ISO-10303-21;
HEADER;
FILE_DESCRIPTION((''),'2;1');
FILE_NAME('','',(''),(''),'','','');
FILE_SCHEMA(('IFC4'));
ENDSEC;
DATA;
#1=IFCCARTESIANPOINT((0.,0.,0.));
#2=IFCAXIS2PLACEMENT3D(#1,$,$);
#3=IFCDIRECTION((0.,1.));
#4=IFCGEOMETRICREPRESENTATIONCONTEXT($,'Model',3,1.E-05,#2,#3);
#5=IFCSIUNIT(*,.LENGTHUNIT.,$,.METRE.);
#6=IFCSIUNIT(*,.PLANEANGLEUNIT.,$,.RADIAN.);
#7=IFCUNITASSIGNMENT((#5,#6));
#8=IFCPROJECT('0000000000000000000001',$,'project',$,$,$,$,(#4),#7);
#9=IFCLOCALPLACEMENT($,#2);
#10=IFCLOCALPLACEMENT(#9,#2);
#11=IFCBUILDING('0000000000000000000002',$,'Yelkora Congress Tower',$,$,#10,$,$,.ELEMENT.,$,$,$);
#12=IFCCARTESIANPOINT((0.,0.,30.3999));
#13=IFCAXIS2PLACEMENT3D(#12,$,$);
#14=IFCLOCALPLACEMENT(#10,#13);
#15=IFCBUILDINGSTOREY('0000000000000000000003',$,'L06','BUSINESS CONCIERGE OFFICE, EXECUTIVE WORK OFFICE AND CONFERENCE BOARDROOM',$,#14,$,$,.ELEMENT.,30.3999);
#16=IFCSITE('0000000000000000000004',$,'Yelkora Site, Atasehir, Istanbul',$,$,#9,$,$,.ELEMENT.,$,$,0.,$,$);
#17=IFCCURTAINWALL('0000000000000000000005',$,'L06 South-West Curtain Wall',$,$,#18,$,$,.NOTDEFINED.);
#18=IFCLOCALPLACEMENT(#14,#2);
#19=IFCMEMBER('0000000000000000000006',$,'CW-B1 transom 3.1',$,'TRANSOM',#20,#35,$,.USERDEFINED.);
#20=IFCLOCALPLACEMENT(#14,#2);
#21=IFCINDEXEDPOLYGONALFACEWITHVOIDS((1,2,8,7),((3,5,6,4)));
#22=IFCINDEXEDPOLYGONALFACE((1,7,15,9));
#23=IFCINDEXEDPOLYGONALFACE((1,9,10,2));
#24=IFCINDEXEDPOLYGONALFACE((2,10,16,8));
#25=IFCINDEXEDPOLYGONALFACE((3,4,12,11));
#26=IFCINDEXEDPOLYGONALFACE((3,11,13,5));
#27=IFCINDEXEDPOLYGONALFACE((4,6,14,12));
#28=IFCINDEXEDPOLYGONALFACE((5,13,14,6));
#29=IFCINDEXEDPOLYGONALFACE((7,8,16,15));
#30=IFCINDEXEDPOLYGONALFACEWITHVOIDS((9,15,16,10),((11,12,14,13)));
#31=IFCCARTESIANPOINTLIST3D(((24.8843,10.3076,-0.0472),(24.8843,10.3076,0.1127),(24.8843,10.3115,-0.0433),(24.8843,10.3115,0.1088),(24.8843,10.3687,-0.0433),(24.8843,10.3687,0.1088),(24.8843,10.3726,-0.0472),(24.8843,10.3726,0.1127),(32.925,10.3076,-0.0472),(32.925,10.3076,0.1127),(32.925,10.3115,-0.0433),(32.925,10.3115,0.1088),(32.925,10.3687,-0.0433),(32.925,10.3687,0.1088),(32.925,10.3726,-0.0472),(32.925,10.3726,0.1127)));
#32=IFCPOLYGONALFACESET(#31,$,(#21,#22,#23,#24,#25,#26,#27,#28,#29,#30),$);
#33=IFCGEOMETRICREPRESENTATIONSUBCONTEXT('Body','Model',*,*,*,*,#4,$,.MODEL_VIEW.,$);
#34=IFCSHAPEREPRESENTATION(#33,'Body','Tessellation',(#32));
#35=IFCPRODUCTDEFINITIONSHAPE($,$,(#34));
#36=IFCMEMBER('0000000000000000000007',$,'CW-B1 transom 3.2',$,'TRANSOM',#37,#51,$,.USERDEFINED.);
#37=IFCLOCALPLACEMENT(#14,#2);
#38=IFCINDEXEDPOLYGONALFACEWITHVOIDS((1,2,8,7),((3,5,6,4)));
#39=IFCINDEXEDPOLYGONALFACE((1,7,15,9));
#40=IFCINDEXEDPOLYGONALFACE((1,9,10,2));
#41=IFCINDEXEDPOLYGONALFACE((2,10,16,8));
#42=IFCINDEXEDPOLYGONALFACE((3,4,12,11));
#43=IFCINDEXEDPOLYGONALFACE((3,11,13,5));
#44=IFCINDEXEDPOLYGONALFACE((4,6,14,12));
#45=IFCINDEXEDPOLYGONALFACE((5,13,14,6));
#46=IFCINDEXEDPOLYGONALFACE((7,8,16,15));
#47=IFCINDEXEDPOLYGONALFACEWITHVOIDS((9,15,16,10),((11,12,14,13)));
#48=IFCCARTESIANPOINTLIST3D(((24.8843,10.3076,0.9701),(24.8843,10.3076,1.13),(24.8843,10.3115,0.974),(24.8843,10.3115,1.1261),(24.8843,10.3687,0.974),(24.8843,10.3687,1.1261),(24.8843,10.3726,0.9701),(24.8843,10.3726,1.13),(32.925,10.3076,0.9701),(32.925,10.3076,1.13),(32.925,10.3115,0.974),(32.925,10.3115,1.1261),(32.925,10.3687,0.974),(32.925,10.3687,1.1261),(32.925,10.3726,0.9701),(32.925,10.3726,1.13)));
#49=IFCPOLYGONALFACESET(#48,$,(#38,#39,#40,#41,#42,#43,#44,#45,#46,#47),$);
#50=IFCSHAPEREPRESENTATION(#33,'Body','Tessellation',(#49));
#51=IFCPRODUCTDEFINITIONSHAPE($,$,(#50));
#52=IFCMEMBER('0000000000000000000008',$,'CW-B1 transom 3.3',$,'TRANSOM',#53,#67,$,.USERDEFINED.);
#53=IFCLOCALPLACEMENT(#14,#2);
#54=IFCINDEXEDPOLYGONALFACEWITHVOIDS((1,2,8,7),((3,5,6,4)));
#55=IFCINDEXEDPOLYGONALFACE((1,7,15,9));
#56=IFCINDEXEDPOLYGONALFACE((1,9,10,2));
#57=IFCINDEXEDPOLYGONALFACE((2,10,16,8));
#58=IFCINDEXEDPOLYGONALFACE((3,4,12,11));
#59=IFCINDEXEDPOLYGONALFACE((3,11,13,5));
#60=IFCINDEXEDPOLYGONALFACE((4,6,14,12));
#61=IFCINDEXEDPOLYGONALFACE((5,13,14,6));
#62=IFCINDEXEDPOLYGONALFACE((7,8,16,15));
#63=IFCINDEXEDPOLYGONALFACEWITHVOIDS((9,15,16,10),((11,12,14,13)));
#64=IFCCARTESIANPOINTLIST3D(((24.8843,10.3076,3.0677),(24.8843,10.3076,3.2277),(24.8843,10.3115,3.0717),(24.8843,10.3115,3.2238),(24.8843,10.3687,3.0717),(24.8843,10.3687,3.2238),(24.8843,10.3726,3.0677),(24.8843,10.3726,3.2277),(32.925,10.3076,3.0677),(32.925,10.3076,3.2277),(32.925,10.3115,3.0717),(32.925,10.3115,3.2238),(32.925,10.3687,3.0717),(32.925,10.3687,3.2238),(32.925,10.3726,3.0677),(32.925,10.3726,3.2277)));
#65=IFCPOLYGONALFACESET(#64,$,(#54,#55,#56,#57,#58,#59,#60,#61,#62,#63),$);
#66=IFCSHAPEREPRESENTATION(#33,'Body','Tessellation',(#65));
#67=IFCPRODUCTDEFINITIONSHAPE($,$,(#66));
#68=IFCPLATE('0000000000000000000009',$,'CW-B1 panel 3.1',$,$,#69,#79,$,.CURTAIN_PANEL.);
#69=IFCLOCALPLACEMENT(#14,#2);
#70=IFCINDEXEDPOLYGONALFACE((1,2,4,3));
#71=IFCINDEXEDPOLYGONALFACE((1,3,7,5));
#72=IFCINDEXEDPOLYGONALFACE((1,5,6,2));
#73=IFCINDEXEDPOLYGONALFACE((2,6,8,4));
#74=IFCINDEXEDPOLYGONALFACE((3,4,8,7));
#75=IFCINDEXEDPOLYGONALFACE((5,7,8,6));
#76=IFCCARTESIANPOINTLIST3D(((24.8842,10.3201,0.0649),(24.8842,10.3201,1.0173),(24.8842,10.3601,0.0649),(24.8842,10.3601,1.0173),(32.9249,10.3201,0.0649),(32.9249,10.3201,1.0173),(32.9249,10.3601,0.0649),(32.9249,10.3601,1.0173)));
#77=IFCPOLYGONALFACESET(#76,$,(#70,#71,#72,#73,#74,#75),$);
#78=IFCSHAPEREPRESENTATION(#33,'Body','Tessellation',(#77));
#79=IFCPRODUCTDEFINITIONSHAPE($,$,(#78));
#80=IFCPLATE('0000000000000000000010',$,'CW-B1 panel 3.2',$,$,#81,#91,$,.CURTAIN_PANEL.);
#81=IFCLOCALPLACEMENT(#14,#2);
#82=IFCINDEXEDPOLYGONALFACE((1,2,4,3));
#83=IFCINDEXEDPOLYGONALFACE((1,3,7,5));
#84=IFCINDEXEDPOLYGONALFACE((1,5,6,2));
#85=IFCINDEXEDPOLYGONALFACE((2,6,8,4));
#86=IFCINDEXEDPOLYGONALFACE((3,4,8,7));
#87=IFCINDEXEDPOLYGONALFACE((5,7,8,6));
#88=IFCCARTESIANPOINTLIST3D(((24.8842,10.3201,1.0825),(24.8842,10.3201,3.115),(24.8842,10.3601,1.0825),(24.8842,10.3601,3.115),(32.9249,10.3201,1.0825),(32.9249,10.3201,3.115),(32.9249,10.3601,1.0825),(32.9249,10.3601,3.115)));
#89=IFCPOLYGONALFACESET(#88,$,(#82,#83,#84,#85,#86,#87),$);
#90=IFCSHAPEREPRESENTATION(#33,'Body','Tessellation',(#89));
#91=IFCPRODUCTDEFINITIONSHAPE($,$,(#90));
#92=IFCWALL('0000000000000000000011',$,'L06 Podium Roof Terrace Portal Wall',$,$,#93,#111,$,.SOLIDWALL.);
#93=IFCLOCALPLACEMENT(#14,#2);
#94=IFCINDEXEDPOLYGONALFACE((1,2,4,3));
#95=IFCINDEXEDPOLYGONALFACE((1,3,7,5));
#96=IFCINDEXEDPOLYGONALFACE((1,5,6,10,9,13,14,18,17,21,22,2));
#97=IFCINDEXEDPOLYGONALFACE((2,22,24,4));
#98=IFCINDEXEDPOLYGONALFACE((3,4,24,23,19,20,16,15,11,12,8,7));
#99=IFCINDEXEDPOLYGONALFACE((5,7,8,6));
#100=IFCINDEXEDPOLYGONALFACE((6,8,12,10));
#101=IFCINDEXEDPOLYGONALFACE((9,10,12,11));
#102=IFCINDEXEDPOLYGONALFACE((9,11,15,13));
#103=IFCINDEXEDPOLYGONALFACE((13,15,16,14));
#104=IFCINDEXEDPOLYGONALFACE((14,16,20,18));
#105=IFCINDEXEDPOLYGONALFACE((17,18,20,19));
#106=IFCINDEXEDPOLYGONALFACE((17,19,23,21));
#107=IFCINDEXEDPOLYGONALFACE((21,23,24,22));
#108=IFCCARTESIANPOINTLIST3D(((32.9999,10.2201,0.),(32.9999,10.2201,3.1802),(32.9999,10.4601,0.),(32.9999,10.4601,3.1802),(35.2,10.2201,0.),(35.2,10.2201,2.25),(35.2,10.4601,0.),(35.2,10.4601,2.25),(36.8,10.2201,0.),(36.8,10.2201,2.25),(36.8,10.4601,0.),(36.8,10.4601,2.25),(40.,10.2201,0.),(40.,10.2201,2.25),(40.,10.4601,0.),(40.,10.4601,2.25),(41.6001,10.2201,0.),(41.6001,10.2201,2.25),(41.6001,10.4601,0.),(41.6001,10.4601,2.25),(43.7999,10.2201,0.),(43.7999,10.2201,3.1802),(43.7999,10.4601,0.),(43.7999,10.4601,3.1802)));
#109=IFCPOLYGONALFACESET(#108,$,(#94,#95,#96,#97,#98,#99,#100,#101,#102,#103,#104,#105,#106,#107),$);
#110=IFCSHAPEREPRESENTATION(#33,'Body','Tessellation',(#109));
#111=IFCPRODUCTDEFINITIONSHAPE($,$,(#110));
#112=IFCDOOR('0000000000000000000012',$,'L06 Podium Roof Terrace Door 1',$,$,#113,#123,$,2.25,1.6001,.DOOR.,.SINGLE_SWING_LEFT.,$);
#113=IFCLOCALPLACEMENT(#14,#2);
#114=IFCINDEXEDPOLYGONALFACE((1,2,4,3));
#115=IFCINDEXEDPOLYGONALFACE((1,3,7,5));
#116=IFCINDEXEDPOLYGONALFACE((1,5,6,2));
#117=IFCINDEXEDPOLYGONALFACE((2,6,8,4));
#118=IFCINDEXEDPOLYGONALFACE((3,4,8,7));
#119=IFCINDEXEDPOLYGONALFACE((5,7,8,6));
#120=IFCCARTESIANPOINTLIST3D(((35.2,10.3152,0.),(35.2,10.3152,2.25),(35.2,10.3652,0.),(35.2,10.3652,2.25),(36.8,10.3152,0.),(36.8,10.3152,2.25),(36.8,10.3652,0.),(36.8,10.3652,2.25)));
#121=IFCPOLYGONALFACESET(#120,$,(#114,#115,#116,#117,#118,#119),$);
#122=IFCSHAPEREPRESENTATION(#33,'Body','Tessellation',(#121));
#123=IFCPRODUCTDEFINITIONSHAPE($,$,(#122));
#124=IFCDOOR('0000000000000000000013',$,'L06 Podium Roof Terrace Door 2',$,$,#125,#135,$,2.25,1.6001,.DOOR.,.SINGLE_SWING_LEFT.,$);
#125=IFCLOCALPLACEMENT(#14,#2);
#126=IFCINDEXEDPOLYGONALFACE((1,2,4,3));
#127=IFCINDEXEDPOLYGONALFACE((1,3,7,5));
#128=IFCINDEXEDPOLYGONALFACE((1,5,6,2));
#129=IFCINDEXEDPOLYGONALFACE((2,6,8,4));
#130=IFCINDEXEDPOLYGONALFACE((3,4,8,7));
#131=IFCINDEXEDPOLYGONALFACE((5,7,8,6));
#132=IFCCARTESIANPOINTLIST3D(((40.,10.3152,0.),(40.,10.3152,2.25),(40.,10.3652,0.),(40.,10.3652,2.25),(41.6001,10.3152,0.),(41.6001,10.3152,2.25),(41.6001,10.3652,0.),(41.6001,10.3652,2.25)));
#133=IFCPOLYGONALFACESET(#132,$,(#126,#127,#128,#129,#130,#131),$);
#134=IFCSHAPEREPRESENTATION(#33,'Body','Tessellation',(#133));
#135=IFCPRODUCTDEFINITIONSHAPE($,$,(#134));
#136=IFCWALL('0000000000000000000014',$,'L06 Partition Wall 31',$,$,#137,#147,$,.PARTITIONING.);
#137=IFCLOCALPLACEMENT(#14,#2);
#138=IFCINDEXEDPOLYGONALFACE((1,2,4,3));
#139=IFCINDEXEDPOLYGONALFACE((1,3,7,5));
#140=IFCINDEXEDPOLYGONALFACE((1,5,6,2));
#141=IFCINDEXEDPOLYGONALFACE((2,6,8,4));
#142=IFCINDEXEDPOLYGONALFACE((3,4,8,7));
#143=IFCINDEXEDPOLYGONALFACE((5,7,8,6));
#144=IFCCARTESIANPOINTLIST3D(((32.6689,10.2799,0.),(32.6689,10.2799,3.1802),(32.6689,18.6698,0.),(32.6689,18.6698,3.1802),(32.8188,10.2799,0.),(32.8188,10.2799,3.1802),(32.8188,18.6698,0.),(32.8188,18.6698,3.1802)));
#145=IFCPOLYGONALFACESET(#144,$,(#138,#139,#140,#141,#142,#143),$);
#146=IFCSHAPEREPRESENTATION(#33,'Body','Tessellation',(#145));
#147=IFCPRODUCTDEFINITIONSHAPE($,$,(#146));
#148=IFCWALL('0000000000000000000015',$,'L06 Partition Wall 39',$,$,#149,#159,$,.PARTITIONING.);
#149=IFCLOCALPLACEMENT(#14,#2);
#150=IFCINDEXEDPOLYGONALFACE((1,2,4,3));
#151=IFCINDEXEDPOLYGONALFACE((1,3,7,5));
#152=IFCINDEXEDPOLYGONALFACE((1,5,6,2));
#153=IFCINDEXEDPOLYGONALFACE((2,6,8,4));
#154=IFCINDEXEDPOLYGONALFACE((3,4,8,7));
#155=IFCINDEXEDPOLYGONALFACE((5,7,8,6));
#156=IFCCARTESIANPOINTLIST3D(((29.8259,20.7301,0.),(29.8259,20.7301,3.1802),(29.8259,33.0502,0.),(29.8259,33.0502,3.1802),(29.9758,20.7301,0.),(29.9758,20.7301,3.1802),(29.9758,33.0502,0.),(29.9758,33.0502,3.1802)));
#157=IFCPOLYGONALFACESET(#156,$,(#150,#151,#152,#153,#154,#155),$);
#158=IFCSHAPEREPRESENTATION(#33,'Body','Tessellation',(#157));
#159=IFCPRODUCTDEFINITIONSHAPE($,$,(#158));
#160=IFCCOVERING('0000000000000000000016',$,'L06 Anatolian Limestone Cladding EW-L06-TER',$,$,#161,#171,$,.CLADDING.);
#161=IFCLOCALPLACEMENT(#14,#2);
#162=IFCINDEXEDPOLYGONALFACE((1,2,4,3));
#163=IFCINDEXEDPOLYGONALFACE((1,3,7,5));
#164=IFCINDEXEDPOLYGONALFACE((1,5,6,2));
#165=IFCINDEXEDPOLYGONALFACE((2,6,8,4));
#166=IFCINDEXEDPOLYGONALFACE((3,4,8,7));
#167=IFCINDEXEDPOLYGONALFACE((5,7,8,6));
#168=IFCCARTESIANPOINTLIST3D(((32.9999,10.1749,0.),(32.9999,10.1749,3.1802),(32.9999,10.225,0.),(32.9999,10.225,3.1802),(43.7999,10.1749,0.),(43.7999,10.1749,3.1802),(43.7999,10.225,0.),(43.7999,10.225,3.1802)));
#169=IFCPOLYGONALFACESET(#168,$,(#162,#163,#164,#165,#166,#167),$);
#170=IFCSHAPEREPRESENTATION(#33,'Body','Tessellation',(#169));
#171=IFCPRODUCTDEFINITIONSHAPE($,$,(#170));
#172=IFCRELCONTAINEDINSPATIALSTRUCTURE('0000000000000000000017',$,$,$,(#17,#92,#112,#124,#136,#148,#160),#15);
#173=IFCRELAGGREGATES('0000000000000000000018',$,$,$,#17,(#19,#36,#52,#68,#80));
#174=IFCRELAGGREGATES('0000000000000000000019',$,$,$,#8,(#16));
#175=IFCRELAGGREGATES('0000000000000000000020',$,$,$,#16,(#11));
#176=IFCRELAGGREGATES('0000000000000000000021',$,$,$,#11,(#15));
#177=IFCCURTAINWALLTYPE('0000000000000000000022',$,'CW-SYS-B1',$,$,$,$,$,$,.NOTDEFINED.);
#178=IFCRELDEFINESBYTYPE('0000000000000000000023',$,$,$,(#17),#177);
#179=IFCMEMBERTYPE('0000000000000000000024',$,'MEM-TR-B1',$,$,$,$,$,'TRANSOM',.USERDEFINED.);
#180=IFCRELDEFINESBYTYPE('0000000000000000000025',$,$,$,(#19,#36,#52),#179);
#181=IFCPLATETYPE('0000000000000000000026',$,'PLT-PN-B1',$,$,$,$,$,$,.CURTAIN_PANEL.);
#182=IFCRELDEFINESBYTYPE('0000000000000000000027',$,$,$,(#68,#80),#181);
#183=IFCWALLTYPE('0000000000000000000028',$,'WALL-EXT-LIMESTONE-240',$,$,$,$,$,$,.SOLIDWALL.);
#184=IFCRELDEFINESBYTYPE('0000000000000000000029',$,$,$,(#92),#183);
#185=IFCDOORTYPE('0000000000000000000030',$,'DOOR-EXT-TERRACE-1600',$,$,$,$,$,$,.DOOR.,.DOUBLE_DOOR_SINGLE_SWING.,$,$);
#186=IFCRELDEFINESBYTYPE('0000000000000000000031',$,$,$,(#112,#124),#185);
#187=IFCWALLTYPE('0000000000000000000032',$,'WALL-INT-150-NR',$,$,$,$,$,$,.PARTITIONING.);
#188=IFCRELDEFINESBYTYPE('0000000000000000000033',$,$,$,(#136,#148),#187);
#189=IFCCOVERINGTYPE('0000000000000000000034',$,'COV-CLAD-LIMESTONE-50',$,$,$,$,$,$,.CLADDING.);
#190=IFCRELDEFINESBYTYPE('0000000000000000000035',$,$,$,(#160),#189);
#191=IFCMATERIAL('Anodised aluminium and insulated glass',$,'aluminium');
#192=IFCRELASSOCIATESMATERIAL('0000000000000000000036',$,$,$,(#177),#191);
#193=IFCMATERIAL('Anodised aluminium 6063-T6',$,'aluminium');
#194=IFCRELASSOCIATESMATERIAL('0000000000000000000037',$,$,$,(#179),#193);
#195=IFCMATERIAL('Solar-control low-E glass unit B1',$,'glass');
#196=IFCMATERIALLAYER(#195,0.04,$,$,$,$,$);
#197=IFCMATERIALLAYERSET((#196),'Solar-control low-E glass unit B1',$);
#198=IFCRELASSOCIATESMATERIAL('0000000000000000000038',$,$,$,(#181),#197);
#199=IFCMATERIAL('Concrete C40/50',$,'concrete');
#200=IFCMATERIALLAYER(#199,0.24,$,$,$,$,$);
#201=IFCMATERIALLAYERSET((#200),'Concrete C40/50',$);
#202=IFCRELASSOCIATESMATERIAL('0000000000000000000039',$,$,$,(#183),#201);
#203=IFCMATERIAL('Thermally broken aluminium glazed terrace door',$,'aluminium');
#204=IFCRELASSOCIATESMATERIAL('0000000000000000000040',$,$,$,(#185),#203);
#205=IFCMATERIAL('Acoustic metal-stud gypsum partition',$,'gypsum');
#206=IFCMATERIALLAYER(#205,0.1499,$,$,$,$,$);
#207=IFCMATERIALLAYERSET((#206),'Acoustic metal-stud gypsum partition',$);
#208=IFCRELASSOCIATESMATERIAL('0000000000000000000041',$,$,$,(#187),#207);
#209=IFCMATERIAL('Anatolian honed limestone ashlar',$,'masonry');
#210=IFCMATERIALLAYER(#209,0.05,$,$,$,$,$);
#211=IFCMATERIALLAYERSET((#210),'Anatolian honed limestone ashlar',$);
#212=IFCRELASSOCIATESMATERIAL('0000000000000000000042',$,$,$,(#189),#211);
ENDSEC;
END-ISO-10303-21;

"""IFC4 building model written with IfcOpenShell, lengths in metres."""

from ifc_helpers import new_model, si_unit, direction, frame, frame_2d, origin, origin_2d, place, context, subcontext, project, spatial, rectangle, hollow_rectangle, extrude, material, layer, layer_set, material_profile, profile_set, type_object, element, fill, aggregate, save


model = new_model("IFC4")

# Units and contexts
model_context = context("Model", 3, precision=1e-05, world=origin(), true_north=direction((0.0, 1.0)))
body_context = subcontext(model_context, "Body", "Model", "MODEL_VIEW")
ifc_project = project(units=[si_unit("LENGTHUNIT", "METRE"), si_unit("PLANEANGLEUNIT", "RADIAN")], contexts=[model_context])

# Site, building, storey
site_placement = place(None, origin())
site = spatial("IfcSite", under=ifc_project, at=site_placement, Name="Yelkora Site, Atasehir, Istanbul", CompositionType="ELEMENT", RefElevation=0.0)
building_placement = place(site_placement, origin())
building = spatial("IfcBuilding", under=site, at=building_placement, Name="Yelkora Congress Tower", CompositionType="ELEMENT")
storey_placement = place(building_placement, frame((0.0, 0.0, 30.3999)))
storey = spatial("IfcBuildingStorey", under=building, at=storey_placement, Name="L06", Description="BUSINESS CONCIERGE OFFICE, EXECUTIVE WORK OFFICE AND CONFERENCE BOARDROOM", CompositionType="ELEMENT", Elevation=30.3999)

# Curtain wall, members, plates
ifc_material_1 = material(Name="Anodised aluminium and insulated glass", Category="aluminium")
curtain_wall_type = type_object("IfcCurtainWallType", Name="CW-SYS-B1", PredefinedType="NOTDEFINED", material=ifc_material_1)
curtain_wall_placement = place(storey_placement, origin())
curtain_wall = element("IfcCurtainWall", 1, at=curtain_wall_placement, inside=storey, type_object=curtain_wall_type, Name="L06 South-West Curtain Wall", PredefinedType="NOTDEFINED")
ifc_material_2 = material(Name="Anodised aluminium 6063-T6", Category="aluminium")
ifc_material_profile_1 = material_profile(ifc_material_2, hollow_rectangle(XDim=0.0649, YDim=0.1599, WallThickness=0.0039, at=origin_2d()), Name="ALU 65x160x4")
ifc_profile_set_1 = profile_set([ifc_material_profile_1], Name="Anodised aluminium 6063-T6")
member_type_1 = type_object("IfcMemberType", Name="MEM-TR-B1", ElementType="TRANSOM", PredefinedType="USERDEFINED", material=ifc_profile_set_1)
member_1_placement = place(storey_placement, frame((24.8843, 10.3401, 0.0327), z_axis=(1.0, 0.0, 0.0), x_axis=(0.0, 1.0, 0.0)))
member_1 = element("IfcMember", 2, at=member_1_placement, type_object=member_type_1, Name="CW-B1 transom 3.1", ObjectType="TRANSOM", PredefinedType="USERDEFINED", context=body_context, shape_type="SweptSolid", body=[
    extrude(hollow_rectangle(XDim=0.0649, YDim=0.1599, WallThickness=0.0039, at=origin_2d()), origin(), (0.0, 0.0, 1.0), 8.0408),
])
member_2_placement = place(storey_placement, frame((24.8843, 10.3401, 1.05), z_axis=(1.0, 0.0, 0.0), x_axis=(0.0, 1.0, 0.0)))
member_2 = element("IfcMember", 3, at=member_2_placement, type_object=member_type_1, Name="CW-B1 transom 3.2", ObjectType="TRANSOM", PredefinedType="USERDEFINED", context=body_context, shape_type="SweptSolid", body=[
    extrude(hollow_rectangle(XDim=0.0649, YDim=0.1599, WallThickness=0.0039, at=origin_2d()), origin(), (0.0, 0.0, 1.0), 8.0408),
])
member_3_placement = place(storey_placement, frame((24.8843, 10.3401, 3.1477), z_axis=(1.0, 0.0, 0.0), x_axis=(0.0, 1.0, 0.0)))
member_3 = element("IfcMember", 4, at=member_3_placement, type_object=member_type_1, Name="CW-B1 transom 3.3", ObjectType="TRANSOM", PredefinedType="USERDEFINED", context=body_context, shape_type="SweptSolid", body=[
    extrude(hollow_rectangle(XDim=0.0649, YDim=0.1599, WallThickness=0.0039, at=origin_2d()), origin(), (0.0, 0.0, 1.0), 8.0408),
])
ifc_material_3 = material(Name="Solar-control low-E glass unit B1", Category="glass")
ifc_layer_1 = layer(ifc_material_3, 0.04)
ifc_layer_set_1 = layer_set([ifc_layer_1], Name="Solar-control low-E glass unit B1")
plate_type = type_object("IfcPlateType", Name="PLT-PN-B1", PredefinedType="CURTAIN_PANEL", material=ifc_layer_set_1)
plate_1_placement = place(storey_placement, frame((28.9045, 10.3401, 0.0649), z_axis=(0.0, 0.0, 1.0), x_axis=(1.0, 0.0, 0.0)))
plate_1 = element("IfcPlate", 5, at=plate_1_placement, type_object=plate_type, Name="CW-B1 panel 3.1", PredefinedType="CURTAIN_PANEL", context=body_context, shape_type="SweptSolid", body=[
    extrude(rectangle(XDim=8.0408, YDim=0.04, at=origin_2d()), origin(), (0.0, 0.0, 1.0), 0.9524),
])
plate_2_placement = place(storey_placement, frame((28.9045, 10.3401, 1.0825), z_axis=(0.0, 0.0, 1.0), x_axis=(1.0, 0.0, 0.0)))
plate_2 = element("IfcPlate", 6, at=plate_2_placement, type_object=plate_type, Name="CW-B1 panel 3.2", PredefinedType="CURTAIN_PANEL", context=body_context, shape_type="SweptSolid", body=[
    extrude(rectangle(XDim=8.0408, YDim=0.04, at=origin_2d()), origin(), (0.0, 0.0, 1.0), 2.0325),
])
aggregate(curtain_wall, [member_1, member_2, member_3, plate_1, plate_2])

# Wall, openings, doors
ifc_material_4 = material(Name="Concrete C40/50", Category="concrete")
ifc_layer_2 = layer(ifc_material_4, 0.24)
ifc_layer_set_2 = layer_set([ifc_layer_2], Name="Concrete C40/50")
wall_type_1 = type_object("IfcWallType", Name="WALL-EXT-LIMESTONE-240", PredefinedType="SOLIDWALL", material=ifc_layer_set_2)
wall_1_placement = place(storey_placement, frame((33.0, 10.3401, 0.0), z_axis=(0.0, 0.0, 1.0), x_axis=(1.0, 0.0, 0.0)))
wall_1 = element("IfcWall", 7, at=wall_1_placement, inside=storey, type_object=wall_type_1, Name="L06 Podium Roof Terrace Portal Wall", PredefinedType="SOLIDWALL", context=body_context, shape_type="SweptSolid", body=[
    extrude(rectangle(XDim=10.8, YDim=0.24, at=frame_2d((5.3999, 0.0))), origin(), (0.0, 0.0, 1.0), 3.1802),
])
opening_1_placement = place(wall_1_placement, frame((2.2, 0.0, 0.0)))
opening_1 = element("IfcOpeningElement", 8, at=opening_1_placement, cuts=wall_1, PredefinedType="OPENING", context=body_context, shape_type="SweptSolid", body=[
    extrude(rectangle(XDim=1.6001, YDim=2.25, at=frame_2d((0.8, 1.125))), frame((0.0, 0.1299, 0.0), z_axis=(0.0, -1.0, 0.0), x_axis=(1.0, 0.0, 0.0)), (0.0, 0.0, 1.0), 0.26),
])
opening_2_placement = place(wall_1_placement, frame((7.0, 0.0, 0.0)))
opening_2 = element("IfcOpeningElement", 9, at=opening_2_placement, cuts=wall_1, PredefinedType="OPENING", context=body_context, shape_type="SweptSolid", body=[
    extrude(rectangle(XDim=1.6001, YDim=2.25, at=frame_2d((0.8, 1.125))), frame((0.0, 0.1299, 0.0), z_axis=(0.0, -1.0, 0.0), x_axis=(1.0, 0.0, 0.0)), (0.0, 0.0, 1.0), 0.26),
])
ifc_material_5 = material(Name="Thermally broken aluminium glazed terrace door", Category="aluminium")
door_type = type_object("IfcDoorType", Name="DOOR-EXT-TERRACE-1600", OperationType="DOUBLE_DOOR_SINGLE_SWING", PredefinedType="DOOR", material=ifc_material_5)
door_1_placement = place(opening_1_placement, frame((1.6001, 0.0, 0.0), z_axis=(0.0, 0.0, 1.0), x_axis=(-1.0, 0.0, 0.0)))
door_1 = element("IfcDoor", 10, at=door_1_placement, inside=storey, type_object=door_type, Name="L06 Podium Roof Terrace Door 1", OperationType="SINGLE_SWING_LEFT", OverallHeight=2.25, OverallWidth=1.6001, PredefinedType="DOOR", context=body_context, shape_type="SweptSolid", body=[
    extrude(rectangle(XDim=1.6001, YDim=2.25, at=frame_2d((0.8, 1.125))), frame((0.0, 0.0249, 0.0), z_axis=(0.0, -1.0, 0.0), x_axis=(1.0, 0.0, 0.0)), (0.0, 0.0, 1.0), 0.05),
])
fill(opening_1, door_1)
door_2_placement = place(opening_2_placement, frame((1.6001, 0.0, 0.0), z_axis=(0.0, 0.0, 1.0), x_axis=(-1.0, 0.0, 0.0)))
door_2 = element("IfcDoor", 11, at=door_2_placement, inside=storey, type_object=door_type, Name="L06 Podium Roof Terrace Door 2", OperationType="SINGLE_SWING_LEFT", OverallHeight=2.25, OverallWidth=1.6001, PredefinedType="DOOR", context=body_context, shape_type="SweptSolid", body=[
    extrude(rectangle(XDim=1.6001, YDim=2.25, at=frame_2d((0.8, 1.125))), frame((0.0, 0.0249, 0.0), z_axis=(0.0, -1.0, 0.0), x_axis=(1.0, 0.0, 0.0)), (0.0, 0.0, 1.0), 0.05),
])
fill(opening_2, door_2)

# Walls
ifc_material_6 = material(Name="Acoustic metal-stud gypsum partition", Category="gypsum")
ifc_layer_3 = layer(ifc_material_6, 0.1499)
ifc_layer_set_3 = layer_set([ifc_layer_3], Name="Acoustic metal-stud gypsum partition")
wall_type_2 = type_object("IfcWallType", Name="WALL-INT-150-NR", PredefinedType="PARTITIONING", material=ifc_layer_set_3)
wall_2_placement = place(storey_placement, frame((32.7439, 10.28, 0.0), z_axis=(0.0, 0.0, 1.0), x_axis=(0.0, 1.0, 0.0)))
element("IfcWall", 12, at=wall_2_placement, inside=storey, type_object=wall_type_2, Name="L06 Partition Wall 31", PredefinedType="PARTITIONING", context=body_context, shape_type="SweptSolid", body=[
    extrude(rectangle(XDim=8.3899, YDim=0.1499, at=frame_2d((4.1948, 0.0))), origin(), (0.0, 0.0, 1.0), 3.1802),
])
wall_3_placement = place(storey_placement, frame((29.9009, 20.73, 0.0), z_axis=(0.0, 0.0, 1.0), x_axis=(0.0, 1.0, 0.0)))
element("IfcWall", 13, at=wall_3_placement, inside=storey, type_object=wall_type_2, Name="L06 Partition Wall 39", PredefinedType="PARTITIONING", context=body_context, shape_type="SweptSolid", body=[
    extrude(rectangle(XDim=12.3201, YDim=0.1499, at=frame_2d((6.1602, 0.0))), origin(), (0.0, 0.0, 1.0), 3.1802),
])

# Covering
ifc_material_7 = material(Name="Anatolian honed limestone ashlar", Category="masonry")
ifc_layer_4 = layer(ifc_material_7, 0.05)
ifc_layer_set_4 = layer_set([ifc_layer_4], Name="Anatolian honed limestone ashlar")
covering_type = type_object("IfcCoveringType", Name="COV-CLAD-LIMESTONE-50", PredefinedType="CLADDING", material=ifc_layer_set_4)
covering_placement = place(storey_placement, frame((33.0, 10.2, 0.0), z_axis=(0.0, 0.0, 1.0), x_axis=(1.0, 0.0, 0.0)))
element("IfcCovering", 14, at=covering_placement, inside=storey, type_object=covering_type, Name="L06 Anatolian Limestone Cladding EW-L06-TER", PredefinedType="CLADDING", context=body_context, shape_type="SweptSolid", body=[
    extrude(rectangle(XDim=10.8, YDim=0.05, at=frame_2d((5.3999, 0.0))), origin(), (0.0, 0.0, 1.0), 3.1802),
])

save(model, "model.ifc")
